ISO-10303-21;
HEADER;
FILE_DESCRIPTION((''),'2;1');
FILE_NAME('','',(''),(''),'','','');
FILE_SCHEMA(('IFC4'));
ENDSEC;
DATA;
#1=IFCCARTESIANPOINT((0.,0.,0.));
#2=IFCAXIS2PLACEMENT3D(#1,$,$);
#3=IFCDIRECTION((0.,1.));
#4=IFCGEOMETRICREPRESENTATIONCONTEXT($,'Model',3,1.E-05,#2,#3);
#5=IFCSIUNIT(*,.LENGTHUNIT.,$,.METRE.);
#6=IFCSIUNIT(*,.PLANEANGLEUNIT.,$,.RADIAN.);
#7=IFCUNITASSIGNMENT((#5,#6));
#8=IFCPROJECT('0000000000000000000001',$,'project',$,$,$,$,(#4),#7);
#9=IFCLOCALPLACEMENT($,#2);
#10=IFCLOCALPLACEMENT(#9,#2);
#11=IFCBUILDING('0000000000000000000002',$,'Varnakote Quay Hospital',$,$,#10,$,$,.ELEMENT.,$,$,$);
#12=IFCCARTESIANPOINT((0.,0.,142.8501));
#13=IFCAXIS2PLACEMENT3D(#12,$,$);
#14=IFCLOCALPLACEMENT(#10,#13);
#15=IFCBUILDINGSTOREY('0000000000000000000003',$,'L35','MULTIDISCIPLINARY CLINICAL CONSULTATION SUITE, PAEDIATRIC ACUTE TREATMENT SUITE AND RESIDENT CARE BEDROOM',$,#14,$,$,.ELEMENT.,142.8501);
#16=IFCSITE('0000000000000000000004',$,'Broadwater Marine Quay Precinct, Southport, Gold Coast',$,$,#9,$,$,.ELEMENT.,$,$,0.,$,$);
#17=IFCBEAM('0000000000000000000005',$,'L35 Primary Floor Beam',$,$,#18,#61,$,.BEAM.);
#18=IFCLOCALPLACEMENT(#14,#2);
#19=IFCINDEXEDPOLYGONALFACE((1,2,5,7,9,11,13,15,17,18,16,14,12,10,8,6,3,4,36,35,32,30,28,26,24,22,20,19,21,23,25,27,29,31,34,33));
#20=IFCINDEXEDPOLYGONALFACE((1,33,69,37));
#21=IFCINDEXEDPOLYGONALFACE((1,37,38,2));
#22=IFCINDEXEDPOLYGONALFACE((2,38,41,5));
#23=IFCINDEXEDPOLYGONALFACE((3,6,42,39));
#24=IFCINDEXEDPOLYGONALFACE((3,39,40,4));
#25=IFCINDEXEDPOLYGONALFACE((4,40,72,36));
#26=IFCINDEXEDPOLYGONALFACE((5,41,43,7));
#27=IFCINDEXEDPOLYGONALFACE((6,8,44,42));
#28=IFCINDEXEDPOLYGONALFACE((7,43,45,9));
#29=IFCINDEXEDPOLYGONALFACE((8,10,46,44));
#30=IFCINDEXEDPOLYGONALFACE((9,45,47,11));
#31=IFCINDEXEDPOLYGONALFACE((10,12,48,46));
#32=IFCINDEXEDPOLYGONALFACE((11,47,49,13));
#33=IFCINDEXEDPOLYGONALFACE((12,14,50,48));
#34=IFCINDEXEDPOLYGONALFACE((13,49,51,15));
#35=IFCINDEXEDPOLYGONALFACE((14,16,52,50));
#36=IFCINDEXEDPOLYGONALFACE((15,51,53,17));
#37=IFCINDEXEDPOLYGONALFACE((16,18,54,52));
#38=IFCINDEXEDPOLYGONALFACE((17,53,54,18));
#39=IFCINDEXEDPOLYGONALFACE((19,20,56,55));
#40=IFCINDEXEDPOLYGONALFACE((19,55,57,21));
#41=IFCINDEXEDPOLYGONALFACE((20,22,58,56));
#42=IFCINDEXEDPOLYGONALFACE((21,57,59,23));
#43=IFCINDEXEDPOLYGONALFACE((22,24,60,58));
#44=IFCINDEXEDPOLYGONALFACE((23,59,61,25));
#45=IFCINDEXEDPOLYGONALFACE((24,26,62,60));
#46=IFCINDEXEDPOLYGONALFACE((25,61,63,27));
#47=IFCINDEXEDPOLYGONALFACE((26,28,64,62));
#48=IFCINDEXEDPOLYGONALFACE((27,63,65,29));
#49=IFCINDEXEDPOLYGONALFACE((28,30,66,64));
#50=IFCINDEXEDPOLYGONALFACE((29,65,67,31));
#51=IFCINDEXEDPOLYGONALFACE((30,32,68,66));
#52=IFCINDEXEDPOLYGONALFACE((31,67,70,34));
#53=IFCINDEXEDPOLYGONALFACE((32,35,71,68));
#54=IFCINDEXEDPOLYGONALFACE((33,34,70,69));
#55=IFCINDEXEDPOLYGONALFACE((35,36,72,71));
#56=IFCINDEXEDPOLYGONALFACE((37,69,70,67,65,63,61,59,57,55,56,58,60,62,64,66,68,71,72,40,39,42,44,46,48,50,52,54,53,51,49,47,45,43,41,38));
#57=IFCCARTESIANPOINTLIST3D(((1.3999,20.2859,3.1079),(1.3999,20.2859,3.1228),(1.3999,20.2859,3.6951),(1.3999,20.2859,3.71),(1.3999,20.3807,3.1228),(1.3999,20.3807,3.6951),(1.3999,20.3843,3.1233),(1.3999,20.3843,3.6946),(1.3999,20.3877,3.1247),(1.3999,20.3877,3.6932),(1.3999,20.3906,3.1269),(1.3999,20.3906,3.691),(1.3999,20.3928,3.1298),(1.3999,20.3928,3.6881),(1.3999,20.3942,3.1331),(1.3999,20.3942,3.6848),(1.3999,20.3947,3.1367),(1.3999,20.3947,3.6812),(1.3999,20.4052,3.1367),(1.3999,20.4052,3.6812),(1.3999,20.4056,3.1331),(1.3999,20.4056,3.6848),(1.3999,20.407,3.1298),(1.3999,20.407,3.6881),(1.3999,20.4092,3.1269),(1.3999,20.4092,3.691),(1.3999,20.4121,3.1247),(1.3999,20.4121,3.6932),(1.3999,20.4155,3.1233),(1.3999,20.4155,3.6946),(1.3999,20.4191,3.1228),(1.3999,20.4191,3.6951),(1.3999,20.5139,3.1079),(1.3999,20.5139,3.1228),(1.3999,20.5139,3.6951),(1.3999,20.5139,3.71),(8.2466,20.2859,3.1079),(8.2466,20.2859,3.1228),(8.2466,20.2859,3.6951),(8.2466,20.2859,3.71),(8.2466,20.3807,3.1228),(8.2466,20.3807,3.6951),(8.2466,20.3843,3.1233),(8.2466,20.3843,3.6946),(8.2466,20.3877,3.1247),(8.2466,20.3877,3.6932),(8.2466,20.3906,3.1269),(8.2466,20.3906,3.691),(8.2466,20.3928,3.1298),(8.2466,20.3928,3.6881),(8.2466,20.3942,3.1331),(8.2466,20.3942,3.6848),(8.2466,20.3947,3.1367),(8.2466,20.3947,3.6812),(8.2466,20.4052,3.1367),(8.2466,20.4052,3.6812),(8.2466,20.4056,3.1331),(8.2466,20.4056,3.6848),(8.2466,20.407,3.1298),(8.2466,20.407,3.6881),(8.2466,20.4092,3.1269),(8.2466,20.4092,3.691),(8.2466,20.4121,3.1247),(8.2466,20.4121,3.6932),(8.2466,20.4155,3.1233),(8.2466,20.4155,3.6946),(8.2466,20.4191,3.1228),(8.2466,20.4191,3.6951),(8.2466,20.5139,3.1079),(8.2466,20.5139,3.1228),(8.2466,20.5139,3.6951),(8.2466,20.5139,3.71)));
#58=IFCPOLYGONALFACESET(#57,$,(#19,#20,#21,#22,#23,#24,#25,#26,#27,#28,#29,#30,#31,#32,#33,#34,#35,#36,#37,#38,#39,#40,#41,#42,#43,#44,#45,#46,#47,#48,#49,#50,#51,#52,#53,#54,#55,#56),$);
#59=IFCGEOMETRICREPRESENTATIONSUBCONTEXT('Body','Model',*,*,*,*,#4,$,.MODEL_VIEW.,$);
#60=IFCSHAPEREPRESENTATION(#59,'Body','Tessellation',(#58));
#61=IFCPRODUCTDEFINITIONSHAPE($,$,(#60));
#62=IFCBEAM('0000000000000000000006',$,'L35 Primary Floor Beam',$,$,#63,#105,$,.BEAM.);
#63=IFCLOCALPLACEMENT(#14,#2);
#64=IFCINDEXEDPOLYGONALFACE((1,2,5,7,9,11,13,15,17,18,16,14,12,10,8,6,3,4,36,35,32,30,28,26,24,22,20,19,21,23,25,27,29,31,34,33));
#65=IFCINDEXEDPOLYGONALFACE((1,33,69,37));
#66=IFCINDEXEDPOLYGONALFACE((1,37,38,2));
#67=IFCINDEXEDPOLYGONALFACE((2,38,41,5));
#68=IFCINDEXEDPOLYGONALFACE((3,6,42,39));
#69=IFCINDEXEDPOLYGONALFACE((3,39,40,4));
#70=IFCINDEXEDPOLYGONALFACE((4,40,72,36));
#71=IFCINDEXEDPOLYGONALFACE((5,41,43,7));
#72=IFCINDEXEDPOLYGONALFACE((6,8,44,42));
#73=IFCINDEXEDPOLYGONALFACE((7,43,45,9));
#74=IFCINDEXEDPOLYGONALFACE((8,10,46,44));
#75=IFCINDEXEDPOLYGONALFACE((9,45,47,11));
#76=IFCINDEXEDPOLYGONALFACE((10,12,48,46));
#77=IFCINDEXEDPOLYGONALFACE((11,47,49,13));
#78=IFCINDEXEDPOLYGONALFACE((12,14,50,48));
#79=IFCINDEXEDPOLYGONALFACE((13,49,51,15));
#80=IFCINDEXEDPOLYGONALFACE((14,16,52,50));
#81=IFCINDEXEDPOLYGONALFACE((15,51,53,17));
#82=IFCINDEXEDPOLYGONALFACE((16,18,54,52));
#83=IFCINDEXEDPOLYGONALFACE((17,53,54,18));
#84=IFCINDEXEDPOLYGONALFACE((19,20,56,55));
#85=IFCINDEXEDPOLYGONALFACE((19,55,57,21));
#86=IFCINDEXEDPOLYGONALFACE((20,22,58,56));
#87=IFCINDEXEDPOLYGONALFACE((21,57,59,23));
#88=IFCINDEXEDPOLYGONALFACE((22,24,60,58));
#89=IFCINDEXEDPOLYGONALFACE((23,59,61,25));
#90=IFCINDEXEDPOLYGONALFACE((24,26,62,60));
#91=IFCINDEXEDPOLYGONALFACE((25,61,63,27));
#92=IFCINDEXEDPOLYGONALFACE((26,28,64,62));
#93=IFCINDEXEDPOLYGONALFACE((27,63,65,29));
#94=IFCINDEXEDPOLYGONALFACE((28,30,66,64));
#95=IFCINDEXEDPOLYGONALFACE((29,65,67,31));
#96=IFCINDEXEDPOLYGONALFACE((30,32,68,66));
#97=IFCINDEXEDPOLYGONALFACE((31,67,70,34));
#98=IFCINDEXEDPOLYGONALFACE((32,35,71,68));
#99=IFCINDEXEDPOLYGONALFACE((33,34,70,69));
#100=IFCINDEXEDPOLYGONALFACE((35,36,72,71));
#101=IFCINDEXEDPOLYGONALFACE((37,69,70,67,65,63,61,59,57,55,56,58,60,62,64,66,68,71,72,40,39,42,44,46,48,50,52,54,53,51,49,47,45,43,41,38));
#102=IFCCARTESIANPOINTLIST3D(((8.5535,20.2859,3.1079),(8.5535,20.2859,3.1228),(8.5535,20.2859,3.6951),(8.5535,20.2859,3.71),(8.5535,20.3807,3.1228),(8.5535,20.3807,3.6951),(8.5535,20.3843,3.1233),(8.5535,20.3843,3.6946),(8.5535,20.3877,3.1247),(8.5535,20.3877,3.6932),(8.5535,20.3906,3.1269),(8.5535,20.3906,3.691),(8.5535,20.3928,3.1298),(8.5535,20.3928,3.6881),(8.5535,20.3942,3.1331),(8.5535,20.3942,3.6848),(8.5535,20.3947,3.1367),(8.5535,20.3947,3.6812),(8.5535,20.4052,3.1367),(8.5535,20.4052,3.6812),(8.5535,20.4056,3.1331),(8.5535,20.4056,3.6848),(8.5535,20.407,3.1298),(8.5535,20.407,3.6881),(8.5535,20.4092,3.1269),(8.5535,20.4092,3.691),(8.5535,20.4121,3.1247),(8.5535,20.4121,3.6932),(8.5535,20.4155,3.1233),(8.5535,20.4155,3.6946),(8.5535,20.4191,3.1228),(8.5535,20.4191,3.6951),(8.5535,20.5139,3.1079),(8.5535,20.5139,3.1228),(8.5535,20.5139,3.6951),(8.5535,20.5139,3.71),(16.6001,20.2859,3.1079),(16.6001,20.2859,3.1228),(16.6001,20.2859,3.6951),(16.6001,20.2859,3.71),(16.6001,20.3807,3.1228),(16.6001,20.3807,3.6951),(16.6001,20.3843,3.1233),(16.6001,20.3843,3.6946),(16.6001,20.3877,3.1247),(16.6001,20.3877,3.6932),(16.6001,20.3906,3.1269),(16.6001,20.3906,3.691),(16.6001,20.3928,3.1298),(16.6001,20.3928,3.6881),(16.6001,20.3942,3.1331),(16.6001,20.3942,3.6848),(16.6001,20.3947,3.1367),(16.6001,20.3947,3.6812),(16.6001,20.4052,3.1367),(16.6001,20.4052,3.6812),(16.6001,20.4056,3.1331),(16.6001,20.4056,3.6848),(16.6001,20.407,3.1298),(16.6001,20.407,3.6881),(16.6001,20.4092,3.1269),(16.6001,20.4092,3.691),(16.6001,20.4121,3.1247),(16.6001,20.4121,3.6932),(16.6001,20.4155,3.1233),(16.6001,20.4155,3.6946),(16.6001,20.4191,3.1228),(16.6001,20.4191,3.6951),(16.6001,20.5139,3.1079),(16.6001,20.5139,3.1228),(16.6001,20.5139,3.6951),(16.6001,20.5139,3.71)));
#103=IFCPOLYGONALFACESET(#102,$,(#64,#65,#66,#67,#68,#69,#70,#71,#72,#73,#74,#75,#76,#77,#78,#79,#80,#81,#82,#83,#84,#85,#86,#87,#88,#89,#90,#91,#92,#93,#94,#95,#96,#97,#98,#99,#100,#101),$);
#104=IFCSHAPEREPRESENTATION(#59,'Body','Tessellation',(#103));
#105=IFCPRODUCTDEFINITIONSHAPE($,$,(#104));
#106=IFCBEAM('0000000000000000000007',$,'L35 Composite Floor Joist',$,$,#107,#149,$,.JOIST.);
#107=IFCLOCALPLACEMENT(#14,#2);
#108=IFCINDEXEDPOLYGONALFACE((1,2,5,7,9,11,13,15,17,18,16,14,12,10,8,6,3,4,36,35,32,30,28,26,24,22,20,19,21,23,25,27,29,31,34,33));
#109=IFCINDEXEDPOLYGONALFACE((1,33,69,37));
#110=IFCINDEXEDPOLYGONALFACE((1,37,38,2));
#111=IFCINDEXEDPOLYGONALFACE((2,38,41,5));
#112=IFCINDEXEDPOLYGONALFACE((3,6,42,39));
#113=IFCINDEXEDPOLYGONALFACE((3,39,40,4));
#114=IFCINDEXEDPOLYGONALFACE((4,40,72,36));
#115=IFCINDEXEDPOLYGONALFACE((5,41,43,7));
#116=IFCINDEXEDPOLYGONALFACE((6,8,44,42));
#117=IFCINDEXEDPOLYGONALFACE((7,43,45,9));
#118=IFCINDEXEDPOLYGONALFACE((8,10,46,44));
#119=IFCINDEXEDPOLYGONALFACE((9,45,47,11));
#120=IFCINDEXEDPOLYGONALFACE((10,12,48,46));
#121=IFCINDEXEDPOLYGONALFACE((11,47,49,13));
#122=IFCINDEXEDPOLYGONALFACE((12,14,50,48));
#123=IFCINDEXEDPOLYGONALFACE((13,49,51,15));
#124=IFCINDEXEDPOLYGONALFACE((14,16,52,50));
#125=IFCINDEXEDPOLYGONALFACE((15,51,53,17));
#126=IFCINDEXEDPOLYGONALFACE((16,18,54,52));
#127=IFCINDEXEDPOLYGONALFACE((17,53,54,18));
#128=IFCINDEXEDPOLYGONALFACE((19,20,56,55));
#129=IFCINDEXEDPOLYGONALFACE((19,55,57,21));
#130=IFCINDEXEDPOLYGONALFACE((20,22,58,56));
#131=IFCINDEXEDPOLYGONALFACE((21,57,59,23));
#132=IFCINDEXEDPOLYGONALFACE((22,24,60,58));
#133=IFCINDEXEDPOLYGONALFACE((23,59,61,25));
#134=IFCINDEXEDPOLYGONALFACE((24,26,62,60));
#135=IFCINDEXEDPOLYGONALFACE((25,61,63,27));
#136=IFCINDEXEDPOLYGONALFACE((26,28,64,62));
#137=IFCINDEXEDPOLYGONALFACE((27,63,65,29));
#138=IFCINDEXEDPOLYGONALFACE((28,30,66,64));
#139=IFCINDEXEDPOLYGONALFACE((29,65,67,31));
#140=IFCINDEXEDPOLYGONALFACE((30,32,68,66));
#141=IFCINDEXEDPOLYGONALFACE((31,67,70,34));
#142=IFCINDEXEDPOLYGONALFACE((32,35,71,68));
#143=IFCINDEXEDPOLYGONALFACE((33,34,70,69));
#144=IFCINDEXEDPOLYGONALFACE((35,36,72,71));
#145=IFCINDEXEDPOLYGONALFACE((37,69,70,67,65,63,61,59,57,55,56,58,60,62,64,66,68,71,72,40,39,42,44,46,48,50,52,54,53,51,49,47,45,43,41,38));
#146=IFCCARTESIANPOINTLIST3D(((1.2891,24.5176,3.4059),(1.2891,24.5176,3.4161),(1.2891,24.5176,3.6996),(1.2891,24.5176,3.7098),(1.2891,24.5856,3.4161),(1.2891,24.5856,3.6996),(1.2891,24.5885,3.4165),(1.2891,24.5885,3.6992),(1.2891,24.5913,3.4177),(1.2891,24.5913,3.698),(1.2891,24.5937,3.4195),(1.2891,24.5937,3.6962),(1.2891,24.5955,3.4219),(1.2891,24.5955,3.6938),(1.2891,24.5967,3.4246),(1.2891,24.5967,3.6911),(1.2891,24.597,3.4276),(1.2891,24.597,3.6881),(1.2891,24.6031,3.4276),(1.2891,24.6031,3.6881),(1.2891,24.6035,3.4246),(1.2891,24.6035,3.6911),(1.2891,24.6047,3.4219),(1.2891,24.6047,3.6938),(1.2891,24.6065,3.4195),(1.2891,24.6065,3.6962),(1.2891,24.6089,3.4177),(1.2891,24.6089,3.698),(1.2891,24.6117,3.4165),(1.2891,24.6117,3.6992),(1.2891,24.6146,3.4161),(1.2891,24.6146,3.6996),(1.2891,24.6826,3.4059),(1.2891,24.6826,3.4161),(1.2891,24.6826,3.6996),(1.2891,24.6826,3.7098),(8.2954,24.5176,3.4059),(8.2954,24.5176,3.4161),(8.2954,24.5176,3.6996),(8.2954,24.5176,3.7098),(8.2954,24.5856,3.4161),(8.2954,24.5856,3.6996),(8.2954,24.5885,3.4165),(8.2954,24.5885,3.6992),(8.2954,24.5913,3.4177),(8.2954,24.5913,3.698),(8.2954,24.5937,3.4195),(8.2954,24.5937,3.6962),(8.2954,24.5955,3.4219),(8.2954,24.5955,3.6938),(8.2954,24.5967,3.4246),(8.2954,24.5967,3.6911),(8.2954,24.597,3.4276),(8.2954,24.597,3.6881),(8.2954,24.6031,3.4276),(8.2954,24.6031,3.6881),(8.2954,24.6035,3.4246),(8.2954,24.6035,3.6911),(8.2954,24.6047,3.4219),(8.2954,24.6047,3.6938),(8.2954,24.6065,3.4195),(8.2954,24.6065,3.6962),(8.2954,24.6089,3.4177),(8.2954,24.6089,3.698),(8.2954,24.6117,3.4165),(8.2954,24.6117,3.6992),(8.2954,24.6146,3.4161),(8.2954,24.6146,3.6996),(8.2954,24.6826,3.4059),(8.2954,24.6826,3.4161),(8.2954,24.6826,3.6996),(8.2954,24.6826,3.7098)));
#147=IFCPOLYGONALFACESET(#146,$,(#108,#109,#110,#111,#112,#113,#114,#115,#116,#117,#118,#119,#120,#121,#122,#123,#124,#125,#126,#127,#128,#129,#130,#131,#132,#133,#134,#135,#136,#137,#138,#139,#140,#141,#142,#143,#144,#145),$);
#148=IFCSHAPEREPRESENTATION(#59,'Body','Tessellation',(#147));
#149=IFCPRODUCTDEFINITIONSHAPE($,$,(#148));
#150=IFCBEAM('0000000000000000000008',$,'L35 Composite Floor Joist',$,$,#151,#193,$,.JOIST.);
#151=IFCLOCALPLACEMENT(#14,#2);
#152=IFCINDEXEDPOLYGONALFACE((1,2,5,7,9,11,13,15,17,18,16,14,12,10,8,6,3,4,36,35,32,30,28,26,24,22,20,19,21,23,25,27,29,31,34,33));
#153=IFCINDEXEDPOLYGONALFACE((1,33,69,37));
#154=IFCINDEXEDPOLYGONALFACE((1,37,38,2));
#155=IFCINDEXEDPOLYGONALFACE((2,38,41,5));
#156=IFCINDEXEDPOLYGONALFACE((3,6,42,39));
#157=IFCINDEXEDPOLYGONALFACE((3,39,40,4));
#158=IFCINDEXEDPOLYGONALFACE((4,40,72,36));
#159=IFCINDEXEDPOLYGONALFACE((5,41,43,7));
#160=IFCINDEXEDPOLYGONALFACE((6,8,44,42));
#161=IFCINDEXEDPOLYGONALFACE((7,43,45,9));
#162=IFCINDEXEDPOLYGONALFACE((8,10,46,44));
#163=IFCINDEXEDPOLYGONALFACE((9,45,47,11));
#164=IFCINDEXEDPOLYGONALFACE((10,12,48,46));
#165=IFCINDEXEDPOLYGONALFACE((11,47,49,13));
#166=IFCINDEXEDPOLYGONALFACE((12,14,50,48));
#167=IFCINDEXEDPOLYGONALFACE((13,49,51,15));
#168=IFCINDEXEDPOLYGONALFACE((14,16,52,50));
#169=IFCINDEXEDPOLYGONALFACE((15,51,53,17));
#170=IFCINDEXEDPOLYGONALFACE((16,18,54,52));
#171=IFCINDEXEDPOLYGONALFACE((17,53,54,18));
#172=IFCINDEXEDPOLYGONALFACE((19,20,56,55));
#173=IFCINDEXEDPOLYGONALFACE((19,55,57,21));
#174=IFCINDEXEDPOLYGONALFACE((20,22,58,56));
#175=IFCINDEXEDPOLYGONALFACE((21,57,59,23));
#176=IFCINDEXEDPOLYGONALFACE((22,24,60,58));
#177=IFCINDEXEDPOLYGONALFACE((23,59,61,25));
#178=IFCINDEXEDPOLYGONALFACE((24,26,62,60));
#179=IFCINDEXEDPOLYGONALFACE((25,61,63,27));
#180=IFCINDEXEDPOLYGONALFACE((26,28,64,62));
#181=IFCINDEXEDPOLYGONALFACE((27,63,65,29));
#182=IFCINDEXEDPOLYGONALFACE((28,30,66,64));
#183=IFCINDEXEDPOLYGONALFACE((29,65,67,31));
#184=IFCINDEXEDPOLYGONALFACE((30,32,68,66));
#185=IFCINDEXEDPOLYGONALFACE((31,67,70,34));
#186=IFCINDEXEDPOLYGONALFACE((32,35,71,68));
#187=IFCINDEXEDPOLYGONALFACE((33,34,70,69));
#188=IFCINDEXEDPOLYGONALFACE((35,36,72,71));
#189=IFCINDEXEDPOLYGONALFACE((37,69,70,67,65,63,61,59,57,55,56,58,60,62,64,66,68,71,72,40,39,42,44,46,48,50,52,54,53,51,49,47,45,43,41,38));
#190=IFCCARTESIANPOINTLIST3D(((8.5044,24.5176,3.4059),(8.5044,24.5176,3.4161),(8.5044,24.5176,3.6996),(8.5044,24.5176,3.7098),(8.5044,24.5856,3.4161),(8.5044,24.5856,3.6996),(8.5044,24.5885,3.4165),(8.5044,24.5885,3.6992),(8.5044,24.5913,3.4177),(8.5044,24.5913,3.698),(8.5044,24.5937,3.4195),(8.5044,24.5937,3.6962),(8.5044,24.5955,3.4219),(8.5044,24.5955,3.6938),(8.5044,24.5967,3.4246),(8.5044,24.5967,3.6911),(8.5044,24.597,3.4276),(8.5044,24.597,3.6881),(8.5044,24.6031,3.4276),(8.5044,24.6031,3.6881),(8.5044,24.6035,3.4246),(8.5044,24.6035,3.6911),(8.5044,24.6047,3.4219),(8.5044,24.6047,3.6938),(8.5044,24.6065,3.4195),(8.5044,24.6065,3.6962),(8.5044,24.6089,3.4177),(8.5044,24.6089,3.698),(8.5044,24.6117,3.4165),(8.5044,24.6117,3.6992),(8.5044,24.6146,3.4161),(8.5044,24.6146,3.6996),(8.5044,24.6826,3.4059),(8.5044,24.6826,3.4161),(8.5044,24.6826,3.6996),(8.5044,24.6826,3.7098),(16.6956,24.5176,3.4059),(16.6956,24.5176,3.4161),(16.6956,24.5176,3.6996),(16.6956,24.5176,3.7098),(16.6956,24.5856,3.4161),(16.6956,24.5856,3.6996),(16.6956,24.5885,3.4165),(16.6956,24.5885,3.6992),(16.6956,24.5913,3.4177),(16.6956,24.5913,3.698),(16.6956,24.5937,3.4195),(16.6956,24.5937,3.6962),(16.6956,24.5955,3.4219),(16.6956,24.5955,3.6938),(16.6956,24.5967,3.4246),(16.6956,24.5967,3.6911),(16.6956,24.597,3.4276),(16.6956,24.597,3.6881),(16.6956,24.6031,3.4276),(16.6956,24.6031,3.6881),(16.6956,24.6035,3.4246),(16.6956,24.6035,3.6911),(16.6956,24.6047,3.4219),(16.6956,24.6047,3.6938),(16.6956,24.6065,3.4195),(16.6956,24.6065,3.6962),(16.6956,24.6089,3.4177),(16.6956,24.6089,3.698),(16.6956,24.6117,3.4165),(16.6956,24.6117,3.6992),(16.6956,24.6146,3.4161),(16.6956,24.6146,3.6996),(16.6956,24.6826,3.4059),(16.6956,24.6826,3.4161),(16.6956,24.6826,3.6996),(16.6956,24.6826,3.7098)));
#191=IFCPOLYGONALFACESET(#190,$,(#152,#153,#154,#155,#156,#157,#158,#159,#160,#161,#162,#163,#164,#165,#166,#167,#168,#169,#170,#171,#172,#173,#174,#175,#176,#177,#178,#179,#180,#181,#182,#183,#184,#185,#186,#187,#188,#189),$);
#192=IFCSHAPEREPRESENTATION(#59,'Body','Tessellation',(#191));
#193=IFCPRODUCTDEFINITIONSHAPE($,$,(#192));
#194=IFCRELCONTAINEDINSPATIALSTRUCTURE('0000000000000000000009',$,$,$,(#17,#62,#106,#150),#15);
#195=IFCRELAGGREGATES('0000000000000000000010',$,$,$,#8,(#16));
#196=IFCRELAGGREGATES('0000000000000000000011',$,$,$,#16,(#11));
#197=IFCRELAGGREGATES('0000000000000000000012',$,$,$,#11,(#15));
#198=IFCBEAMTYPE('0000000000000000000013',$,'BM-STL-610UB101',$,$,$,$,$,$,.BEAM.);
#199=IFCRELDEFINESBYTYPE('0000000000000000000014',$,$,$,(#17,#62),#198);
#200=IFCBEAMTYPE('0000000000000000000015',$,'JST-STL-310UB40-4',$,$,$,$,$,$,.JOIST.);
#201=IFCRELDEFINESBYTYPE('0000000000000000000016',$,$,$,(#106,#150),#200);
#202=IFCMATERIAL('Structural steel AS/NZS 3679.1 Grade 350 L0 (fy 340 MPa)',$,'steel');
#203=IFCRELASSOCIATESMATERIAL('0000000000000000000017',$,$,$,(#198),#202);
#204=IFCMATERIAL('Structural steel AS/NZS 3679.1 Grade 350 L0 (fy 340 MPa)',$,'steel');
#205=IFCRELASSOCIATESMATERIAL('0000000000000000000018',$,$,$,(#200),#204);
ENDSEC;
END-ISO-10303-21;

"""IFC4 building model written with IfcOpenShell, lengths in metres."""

from ifc_helpers import new_model, si_unit, direction, frame, origin, origin_2d, place, context, subcontext, project, spatial, i_section, extrude, material, material_profile, profile_set, type_object, element, save


model = new_model("IFC4")

# Units and contexts
model_context = context("Model", 3, precision=1e-05, world=origin(), true_north=direction((0.0, 1.0)))
body_context = subcontext(model_context, "Body", "Model", "MODEL_VIEW")
ifc_project = project(units=[si_unit("LENGTHUNIT", "METRE"), si_unit("PLANEANGLEUNIT", "RADIAN")], contexts=[model_context])

# Site, building, storey
site_placement = place(None, origin())
site = spatial("IfcSite", under=ifc_project, at=site_placement, Name="Broadwater Marine Quay Precinct, Southport, Gold Coast", CompositionType="ELEMENT", RefElevation=0.0)
building_placement = place(site_placement, origin())
building = spatial("IfcBuilding", under=site, at=building_placement, Name="Varnakote Quay Hospital", CompositionType="ELEMENT")
storey_placement = place(building_placement, frame((0.0, 0.0, 142.8501)))
storey = spatial("IfcBuildingStorey", under=building, at=storey_placement, Name="L35", Description="MULTIDISCIPLINARY CLINICAL CONSULTATION SUITE, PAEDIATRIC ACUTE TREATMENT SUITE AND RESIDENT CARE BEDROOM", CompositionType="ELEMENT", Elevation=142.8501)

# Beams
ifc_material_1 = material(Name="Structural steel AS/NZS 3679.1 Grade 350 L0 (fy 340 MPa)", Category="steel")
ifc_material_profile_1 = material_profile(ifc_material_1, i_section(OverallWidth=0.228, OverallDepth=0.6021, WebThickness=0.0105, FlangeThickness=0.0149, FilletRadius=0.0139, at=origin_2d()), Name="610UB101")
ifc_profile_set_1 = profile_set([ifc_material_profile_1], Name="Structural steel AS/NZS 3679.1 Grade 350 L0 (fy 340 MPa)")
beam_type_1 = type_object("IfcBeamType", Name="BM-STL-610UB101", PredefinedType="BEAM", material=ifc_profile_set_1)
beam_1_placement = place(storey_placement, frame((1.3999, 20.3999, 3.4089), z_axis=(1.0, 0.0, 0.0), x_axis=(0.0, 1.0, 0.0)))
element("IfcBeam", 1, at=beam_1_placement, inside=storey, type_object=beam_type_1, Name="L35 Primary Floor Beam", PredefinedType="BEAM", context=body_context, shape_type="SweptSolid", body=[
    extrude(i_section(OverallWidth=0.228, OverallDepth=0.6021, WebThickness=0.0105, FlangeThickness=0.0149, FilletRadius=0.0139, at=origin_2d()), origin(), (0.0, 0.0, 1.0), 6.8467),
])
beam_2_placement = place(storey_placement, frame((8.5535, 20.3999, 3.4089), z_axis=(1.0, 0.0, 0.0), x_axis=(0.0, 1.0, 0.0)))
element("IfcBeam", 2, at=beam_2_placement, inside=storey, type_object=beam_type_1, Name="L35 Primary Floor Beam", PredefinedType="BEAM", context=body_context, shape_type="SweptSolid", body=[
    extrude(i_section(OverallWidth=0.228, OverallDepth=0.6021, WebThickness=0.0105, FlangeThickness=0.0149, FilletRadius=0.0139, at=origin_2d()), origin(), (0.0, 0.0, 1.0), 8.0466),
])
ifc_material_2 = material(Name="Structural steel AS/NZS 3679.1 Grade 350 L0 (fy 340 MPa)", Category="steel")
ifc_material_profile_2 = material_profile(ifc_material_2, i_section(OverallWidth=0.165, OverallDepth=0.304, WebThickness=0.0061, FlangeThickness=0.0103, FilletRadius=0.0115, at=origin_2d()), Name="310UB40.4")
ifc_profile_set_2 = profile_set([ifc_material_profile_2], Name="Structural steel AS/NZS 3679.1 Grade 350 L0 (fy 340 MPa)")
beam_type_2 = type_object("IfcBeamType", Name="JST-STL-310UB40-4", PredefinedType="JOIST", material=ifc_profile_set_2)
beam_3_placement = place(storey_placement, frame((1.2891, 24.6001, 3.5579), z_axis=(1.0, 0.0, 0.0), x_axis=(0.0, 1.0, 0.0)))
element("IfcBeam", 3, at=beam_3_placement, inside=storey, type_object=beam_type_2, Name="L35 Composite Floor Joist", PredefinedType="JOIST", context=body_context, shape_type="SweptSolid", body=[
    extrude(i_section(OverallWidth=0.165, OverallDepth=0.304, WebThickness=0.0061, FlangeThickness=0.0103, FilletRadius=0.0115, at=origin_2d()), origin(), (0.0, 0.0, 1.0), 7.0063),
])
beam_4_placement = place(storey_placement, frame((8.5044, 24.6001, 3.5579), z_axis=(1.0, 0.0, 0.0), x_axis=(0.0, 1.0, 0.0)))
element("IfcBeam", 4, at=beam_4_placement, inside=storey, type_object=beam_type_2, Name="L35 Composite Floor Joist", PredefinedType="JOIST", context=body_context, shape_type="SweptSolid", body=[
    extrude(i_section(OverallWidth=0.165, OverallDepth=0.304, WebThickness=0.0061, FlangeThickness=0.0103, FilletRadius=0.0115, at=origin_2d()), origin(), (0.0, 0.0, 1.0), 8.1912),
])

save(model, "model.ifc")
